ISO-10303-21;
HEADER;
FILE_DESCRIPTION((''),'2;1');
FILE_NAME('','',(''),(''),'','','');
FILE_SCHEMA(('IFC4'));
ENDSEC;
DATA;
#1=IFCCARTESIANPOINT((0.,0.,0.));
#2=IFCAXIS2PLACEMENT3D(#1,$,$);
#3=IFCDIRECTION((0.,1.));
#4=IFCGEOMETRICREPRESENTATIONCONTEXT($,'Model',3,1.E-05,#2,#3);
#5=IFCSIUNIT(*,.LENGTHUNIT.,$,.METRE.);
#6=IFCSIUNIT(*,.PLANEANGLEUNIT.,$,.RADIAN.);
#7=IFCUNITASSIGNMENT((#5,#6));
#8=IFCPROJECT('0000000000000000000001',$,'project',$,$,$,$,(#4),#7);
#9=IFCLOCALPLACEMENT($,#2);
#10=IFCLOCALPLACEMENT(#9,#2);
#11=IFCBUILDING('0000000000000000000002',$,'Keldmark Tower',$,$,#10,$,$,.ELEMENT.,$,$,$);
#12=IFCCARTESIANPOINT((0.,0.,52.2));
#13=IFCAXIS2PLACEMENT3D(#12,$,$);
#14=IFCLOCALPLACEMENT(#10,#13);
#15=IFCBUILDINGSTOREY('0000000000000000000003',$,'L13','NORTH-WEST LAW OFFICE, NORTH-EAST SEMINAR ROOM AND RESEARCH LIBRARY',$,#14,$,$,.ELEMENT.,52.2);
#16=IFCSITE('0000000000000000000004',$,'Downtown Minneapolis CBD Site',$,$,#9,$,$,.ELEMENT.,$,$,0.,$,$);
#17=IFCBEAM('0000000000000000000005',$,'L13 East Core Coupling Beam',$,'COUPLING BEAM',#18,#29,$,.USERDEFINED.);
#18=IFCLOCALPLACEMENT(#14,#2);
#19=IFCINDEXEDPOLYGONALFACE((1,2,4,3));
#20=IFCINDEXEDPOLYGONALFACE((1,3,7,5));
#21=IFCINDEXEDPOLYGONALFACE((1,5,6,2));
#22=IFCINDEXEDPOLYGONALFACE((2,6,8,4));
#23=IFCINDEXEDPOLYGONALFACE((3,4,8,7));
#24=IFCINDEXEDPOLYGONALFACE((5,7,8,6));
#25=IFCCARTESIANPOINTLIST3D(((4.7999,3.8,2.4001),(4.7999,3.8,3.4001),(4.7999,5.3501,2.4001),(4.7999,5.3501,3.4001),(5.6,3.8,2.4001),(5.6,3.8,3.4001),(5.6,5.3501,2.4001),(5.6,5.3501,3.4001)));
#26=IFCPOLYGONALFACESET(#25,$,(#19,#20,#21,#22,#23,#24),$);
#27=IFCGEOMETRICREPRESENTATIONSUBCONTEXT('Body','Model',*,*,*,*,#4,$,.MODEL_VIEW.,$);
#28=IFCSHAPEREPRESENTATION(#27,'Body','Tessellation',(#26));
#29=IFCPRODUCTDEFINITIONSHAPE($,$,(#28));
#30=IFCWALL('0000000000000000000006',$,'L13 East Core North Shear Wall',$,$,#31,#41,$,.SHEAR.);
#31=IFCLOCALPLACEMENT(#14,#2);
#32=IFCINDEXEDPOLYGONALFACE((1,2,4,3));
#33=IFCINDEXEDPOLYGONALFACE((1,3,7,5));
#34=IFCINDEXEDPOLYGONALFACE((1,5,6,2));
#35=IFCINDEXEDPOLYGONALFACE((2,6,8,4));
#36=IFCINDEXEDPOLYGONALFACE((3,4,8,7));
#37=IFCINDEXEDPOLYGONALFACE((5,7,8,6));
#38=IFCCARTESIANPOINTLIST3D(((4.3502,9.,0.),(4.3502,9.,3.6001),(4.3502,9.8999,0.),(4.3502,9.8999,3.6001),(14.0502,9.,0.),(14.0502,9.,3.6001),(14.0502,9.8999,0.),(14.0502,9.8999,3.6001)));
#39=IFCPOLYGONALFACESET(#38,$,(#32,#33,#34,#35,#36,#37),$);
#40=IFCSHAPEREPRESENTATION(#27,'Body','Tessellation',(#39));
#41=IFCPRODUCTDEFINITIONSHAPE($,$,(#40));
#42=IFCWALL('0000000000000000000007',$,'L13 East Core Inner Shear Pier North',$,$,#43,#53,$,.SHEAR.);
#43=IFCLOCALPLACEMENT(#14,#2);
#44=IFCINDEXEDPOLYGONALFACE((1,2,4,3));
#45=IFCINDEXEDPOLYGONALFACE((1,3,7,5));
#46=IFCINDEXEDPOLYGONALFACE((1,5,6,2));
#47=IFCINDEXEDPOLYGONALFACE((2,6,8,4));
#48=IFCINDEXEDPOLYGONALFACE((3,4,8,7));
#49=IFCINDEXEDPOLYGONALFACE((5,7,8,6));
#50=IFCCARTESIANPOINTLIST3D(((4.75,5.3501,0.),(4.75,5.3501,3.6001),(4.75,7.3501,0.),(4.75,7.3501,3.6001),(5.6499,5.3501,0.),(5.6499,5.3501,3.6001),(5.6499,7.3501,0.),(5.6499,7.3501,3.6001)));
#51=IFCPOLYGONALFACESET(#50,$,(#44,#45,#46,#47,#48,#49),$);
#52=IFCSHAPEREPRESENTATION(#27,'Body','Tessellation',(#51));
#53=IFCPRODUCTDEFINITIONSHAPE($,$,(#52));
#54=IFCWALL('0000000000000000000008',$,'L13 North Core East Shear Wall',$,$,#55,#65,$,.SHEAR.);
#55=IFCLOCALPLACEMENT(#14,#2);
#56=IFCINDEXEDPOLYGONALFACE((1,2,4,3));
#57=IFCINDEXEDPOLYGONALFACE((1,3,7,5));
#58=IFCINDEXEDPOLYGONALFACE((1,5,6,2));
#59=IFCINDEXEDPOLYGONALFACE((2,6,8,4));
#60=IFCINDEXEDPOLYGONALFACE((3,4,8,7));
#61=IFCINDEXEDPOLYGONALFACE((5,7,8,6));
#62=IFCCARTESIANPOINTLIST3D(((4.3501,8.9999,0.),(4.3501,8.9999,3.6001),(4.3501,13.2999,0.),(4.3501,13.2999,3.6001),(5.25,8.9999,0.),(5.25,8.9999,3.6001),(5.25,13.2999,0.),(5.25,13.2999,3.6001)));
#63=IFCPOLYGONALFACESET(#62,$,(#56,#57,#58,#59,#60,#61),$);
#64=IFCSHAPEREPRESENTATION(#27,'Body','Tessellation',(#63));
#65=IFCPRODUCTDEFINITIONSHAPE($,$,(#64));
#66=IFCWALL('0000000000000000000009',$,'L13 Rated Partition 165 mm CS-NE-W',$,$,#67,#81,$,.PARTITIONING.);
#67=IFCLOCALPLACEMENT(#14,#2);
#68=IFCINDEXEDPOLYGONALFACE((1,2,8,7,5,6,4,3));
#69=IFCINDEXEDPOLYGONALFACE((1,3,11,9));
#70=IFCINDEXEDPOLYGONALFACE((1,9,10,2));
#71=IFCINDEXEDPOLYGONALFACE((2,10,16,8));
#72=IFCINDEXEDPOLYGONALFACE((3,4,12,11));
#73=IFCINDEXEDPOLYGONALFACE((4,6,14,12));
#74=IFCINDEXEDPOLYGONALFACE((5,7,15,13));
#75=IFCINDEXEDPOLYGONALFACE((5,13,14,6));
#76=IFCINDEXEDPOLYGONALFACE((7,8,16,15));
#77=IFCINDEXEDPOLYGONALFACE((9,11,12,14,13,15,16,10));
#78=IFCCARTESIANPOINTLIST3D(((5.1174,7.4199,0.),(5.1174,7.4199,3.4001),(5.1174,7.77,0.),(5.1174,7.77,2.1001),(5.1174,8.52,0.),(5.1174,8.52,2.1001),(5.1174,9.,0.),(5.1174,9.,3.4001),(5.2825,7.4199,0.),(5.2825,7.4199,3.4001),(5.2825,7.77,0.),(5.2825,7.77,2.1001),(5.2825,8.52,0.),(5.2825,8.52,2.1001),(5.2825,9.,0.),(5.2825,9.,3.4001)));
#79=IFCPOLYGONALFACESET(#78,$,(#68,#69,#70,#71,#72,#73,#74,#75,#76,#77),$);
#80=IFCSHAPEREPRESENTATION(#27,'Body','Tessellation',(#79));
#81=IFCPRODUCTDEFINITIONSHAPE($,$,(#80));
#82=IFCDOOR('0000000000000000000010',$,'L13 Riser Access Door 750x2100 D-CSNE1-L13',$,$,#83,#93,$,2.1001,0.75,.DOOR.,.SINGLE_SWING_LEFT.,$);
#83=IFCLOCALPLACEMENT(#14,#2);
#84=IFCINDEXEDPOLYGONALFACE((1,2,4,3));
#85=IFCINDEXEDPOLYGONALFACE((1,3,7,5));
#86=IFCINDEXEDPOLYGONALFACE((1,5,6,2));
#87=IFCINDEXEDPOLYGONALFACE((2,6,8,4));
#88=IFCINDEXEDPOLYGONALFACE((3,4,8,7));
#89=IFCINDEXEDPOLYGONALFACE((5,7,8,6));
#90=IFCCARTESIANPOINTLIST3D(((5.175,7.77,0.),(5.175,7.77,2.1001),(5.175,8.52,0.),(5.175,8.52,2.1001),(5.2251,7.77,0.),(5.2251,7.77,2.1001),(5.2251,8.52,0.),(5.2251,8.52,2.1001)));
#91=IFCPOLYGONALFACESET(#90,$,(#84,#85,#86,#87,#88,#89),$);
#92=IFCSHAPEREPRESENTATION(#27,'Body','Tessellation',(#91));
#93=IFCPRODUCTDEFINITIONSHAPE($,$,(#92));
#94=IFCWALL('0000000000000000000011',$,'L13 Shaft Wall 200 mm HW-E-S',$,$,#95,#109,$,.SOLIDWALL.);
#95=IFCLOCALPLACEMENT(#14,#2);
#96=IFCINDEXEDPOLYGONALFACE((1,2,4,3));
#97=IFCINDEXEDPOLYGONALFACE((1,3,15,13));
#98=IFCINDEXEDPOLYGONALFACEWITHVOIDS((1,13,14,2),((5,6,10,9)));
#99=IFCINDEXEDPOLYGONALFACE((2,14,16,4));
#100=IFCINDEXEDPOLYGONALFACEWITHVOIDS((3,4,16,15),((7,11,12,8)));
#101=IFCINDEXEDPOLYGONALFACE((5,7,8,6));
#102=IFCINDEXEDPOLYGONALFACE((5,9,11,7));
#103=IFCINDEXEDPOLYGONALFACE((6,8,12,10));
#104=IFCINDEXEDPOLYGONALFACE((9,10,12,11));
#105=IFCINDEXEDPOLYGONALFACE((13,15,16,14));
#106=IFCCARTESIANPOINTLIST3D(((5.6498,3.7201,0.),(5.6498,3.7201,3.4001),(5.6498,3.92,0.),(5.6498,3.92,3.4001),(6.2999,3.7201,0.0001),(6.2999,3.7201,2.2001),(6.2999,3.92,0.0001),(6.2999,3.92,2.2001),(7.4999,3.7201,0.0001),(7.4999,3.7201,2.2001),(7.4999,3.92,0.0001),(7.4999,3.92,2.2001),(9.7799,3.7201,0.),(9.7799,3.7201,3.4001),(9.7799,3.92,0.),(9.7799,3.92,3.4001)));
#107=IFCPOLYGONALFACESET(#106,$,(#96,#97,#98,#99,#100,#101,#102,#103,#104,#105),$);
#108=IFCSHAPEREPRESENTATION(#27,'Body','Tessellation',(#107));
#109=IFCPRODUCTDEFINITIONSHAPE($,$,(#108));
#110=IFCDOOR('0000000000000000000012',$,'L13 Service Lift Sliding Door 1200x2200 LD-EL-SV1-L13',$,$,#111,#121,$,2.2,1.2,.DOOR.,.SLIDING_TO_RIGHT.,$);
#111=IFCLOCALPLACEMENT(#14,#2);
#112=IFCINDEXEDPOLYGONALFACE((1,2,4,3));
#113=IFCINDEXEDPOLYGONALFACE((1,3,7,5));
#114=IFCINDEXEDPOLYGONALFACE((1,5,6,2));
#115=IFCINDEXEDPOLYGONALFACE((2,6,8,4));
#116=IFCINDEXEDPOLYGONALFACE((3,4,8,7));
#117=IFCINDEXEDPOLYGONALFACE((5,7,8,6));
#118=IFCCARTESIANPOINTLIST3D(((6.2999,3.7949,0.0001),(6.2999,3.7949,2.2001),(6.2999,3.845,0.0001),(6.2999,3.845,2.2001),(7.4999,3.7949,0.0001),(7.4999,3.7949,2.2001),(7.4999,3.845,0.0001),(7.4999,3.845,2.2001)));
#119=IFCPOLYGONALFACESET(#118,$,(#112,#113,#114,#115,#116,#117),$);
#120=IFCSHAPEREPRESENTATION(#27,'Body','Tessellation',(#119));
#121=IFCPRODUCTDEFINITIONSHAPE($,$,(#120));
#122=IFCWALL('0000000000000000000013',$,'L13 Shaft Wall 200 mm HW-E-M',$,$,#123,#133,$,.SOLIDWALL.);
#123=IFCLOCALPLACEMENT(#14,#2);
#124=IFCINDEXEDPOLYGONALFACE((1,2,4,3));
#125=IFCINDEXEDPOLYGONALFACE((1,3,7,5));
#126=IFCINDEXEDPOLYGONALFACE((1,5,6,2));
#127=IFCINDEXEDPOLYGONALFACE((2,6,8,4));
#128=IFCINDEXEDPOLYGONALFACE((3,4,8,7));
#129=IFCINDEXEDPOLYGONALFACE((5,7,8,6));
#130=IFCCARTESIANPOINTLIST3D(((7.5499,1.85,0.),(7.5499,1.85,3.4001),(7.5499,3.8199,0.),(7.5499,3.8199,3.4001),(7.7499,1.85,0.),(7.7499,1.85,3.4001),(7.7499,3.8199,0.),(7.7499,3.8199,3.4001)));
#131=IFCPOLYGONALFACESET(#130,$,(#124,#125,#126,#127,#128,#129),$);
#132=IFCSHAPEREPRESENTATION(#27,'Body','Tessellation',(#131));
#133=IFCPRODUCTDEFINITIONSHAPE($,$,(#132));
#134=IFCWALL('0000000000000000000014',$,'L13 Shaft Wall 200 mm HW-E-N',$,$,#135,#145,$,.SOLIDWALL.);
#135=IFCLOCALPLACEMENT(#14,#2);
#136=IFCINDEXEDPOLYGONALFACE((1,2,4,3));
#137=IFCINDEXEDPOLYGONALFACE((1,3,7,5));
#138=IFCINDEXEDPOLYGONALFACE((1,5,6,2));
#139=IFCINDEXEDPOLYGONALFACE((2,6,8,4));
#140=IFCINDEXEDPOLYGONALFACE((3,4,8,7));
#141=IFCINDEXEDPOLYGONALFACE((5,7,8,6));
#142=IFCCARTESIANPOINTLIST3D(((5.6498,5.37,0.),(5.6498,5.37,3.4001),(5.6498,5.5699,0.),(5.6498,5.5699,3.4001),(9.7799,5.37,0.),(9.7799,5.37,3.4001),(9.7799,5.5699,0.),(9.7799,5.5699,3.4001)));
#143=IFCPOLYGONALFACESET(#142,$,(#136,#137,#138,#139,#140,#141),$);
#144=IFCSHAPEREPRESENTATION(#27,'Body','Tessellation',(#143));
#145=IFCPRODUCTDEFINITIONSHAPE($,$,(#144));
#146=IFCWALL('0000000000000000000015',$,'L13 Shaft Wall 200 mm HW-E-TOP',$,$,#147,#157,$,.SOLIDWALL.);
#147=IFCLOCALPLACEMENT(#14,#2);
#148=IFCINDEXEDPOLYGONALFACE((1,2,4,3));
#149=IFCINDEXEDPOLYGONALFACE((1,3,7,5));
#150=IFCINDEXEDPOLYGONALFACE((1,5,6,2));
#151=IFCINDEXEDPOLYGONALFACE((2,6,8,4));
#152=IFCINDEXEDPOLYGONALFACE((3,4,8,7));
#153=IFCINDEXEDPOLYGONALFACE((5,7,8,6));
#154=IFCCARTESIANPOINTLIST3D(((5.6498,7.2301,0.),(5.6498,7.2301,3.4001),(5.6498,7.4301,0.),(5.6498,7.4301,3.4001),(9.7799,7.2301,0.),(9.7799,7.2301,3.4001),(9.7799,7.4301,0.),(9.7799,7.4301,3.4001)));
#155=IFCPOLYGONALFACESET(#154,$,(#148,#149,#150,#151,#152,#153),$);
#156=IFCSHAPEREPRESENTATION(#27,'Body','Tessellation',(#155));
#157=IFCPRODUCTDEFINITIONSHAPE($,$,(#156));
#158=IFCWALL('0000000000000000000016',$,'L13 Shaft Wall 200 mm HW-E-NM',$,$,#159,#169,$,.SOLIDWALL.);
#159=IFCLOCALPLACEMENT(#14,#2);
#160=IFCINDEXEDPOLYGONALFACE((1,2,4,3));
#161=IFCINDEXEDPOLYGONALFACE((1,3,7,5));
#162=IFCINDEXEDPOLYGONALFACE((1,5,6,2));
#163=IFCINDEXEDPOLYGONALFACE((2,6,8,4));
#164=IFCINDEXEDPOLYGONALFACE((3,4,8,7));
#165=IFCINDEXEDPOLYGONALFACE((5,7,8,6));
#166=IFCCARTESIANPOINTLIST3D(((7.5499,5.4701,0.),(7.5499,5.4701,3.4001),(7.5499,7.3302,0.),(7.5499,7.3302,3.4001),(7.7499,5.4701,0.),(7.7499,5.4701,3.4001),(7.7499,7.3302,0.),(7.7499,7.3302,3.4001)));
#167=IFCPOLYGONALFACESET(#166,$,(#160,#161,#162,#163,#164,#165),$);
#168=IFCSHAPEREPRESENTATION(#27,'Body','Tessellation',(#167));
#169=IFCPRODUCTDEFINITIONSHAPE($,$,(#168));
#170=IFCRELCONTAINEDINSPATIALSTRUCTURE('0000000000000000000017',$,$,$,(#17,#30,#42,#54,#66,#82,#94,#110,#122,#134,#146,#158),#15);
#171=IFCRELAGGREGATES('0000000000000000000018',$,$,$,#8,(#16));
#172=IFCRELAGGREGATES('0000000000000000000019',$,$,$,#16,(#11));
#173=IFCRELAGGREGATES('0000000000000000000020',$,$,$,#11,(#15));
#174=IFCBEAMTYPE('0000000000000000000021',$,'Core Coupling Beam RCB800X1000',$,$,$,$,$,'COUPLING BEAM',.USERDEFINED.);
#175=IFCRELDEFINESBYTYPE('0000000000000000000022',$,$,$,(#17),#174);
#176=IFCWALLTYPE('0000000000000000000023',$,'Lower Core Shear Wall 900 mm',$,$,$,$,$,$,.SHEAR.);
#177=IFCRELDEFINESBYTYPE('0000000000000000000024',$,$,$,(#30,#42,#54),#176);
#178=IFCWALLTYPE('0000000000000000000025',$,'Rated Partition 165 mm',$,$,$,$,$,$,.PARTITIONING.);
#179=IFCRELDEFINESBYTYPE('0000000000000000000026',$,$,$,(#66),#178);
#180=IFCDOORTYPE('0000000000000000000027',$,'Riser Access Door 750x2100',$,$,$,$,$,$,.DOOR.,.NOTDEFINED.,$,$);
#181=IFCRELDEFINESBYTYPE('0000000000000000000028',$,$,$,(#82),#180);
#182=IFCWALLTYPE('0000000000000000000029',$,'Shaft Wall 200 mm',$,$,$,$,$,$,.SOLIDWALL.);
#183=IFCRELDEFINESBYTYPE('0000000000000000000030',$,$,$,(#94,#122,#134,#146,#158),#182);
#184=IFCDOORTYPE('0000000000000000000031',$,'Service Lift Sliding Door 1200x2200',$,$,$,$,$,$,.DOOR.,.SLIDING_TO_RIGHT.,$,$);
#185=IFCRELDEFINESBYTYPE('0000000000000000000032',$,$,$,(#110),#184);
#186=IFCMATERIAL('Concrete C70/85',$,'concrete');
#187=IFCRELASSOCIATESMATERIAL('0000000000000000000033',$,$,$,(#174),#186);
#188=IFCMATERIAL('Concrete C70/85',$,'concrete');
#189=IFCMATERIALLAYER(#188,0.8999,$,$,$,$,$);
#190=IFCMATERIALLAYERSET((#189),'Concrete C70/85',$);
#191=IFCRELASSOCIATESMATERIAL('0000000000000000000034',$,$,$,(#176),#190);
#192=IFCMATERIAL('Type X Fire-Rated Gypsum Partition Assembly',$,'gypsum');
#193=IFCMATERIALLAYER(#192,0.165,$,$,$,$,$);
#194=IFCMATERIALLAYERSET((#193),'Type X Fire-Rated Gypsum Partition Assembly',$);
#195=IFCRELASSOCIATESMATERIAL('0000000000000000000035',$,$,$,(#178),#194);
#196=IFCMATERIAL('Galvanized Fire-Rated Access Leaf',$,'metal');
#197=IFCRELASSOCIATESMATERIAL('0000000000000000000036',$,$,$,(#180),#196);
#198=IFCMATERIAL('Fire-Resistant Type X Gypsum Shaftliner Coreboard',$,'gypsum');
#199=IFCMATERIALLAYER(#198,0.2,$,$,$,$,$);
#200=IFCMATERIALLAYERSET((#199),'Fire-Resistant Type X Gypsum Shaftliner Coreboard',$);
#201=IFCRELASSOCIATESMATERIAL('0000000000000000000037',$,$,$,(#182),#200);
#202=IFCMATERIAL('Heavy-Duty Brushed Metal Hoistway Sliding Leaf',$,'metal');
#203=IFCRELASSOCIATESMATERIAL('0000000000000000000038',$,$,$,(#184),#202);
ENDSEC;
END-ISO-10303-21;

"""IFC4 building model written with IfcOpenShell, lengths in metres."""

from ifc_helpers import new_model, si_unit, direction, frame, frame_2d, origin, origin_2d, place, context, subcontext, project, spatial, rectangle, extrude, material, layer, layer_set, material_profile, profile_set, type_object, element, fill, save


model = new_model("IFC4")

# Units and contexts
model_context = context("Model", 3, precision=1e-05, world=origin(), true_north=direction((0.0, 1.0)))
body_context = subcontext(model_context, "Body", "Model", "MODEL_VIEW")
ifc_project = project(units=[si_unit("LENGTHUNIT", "METRE"), si_unit("PLANEANGLEUNIT", "RADIAN")], contexts=[model_context])

# Site, building, storey
site_placement = place(None, origin())
site = spatial("IfcSite", under=ifc_project, at=site_placement, Name="Downtown Minneapolis CBD Site", CompositionType="ELEMENT", RefElevation=0.0)
building_placement = place(site_placement, origin())
building = spatial("IfcBuilding", under=site, at=building_placement, Name="Keldmark Tower", CompositionType="ELEMENT")
storey_placement = place(building_placement, frame((0.0, 0.0, 52.2)))
storey = spatial("IfcBuildingStorey", under=building, at=storey_placement, Name="L13", Description="NORTH-WEST LAW OFFICE, NORTH-EAST SEMINAR ROOM AND RESEARCH LIBRARY", CompositionType="ELEMENT", Elevation=52.2)

# Beam
ifc_material_1 = material(Name="Concrete C70/85", Category="concrete")
ifc_material_profile = material_profile(ifc_material_1, rectangle(XDim=0.8, YDim=1.0, at=origin_2d()), Name="RCB800X1000")
ifc_profile_set = profile_set([ifc_material_profile], Name="Concrete C70/85")
beam_type = type_object("IfcBeamType", Name="Core Coupling Beam RCB800X1000", ElementType="COUPLING BEAM", PredefinedType="USERDEFINED", material=ifc_profile_set)
beam_placement = place(storey_placement, frame((5.2, 3.8, 2.9001), z_axis=(0.0, 1.0, 0.0), x_axis=(-1.0, 0.0, 0.0)))
element("IfcBeam", 1, at=beam_placement, inside=storey, type_object=beam_type, Name="L13 East Core Coupling Beam", ObjectType="COUPLING BEAM", PredefinedType="USERDEFINED", context=body_context, shape_type="SweptSolid", body=[
    extrude(rectangle(XDim=0.8, YDim=1.0, at=origin_2d()), origin(), (0.0, 0.0, 1.0), 1.55),
])

# Walls
ifc_material_2 = material(Name="Concrete C70/85", Category="concrete")
ifc_layer_1 = layer(ifc_material_2, 0.8999)
ifc_layer_set_1 = layer_set([ifc_layer_1], Name="Concrete C70/85")
wall_type_1 = type_object("IfcWallType", Name="Lower Core Shear Wall 900 mm", PredefinedType="SHEAR", material=ifc_layer_set_1)
wall_1_placement = place(storey_placement, frame((4.3501, 9.45, 0.0), z_axis=(0.0, 0.0, 1.0), x_axis=(1.0, 0.0, 0.0)))
element("IfcWall", 2, at=wall_1_placement, inside=storey, type_object=wall_type_1, Name="L13 East Core North Shear Wall", PredefinedType="SHEAR", context=body_context, shape_type="SweptSolid", body=[
    extrude(rectangle(XDim=9.7, YDim=0.8999, at=frame_2d((4.8501, 0.0))), origin(), (0.0, 0.0, 1.0), 3.6001),
])
wall_2_placement = place(storey_placement, frame((5.2, 5.3501, 0.0), z_axis=(0.0, 0.0, 1.0), x_axis=(0.0, 1.0, 0.0)))
element("IfcWall", 3, at=wall_2_placement, inside=storey, type_object=wall_type_1, Name="L13 East Core Inner Shear Pier North", PredefinedType="SHEAR", context=body_context, shape_type="SweptSolid", body=[
    extrude(rectangle(XDim=2.0, YDim=0.8999, at=frame_2d((1.0, 0.0))), origin(), (0.0, 0.0, 1.0), 3.6001),
])
wall_3_placement = place(storey_placement, frame((4.8, 9.0, 0.0), z_axis=(0.0, 0.0, 1.0), x_axis=(0.0, 1.0, 0.0)))
element("IfcWall", 4, at=wall_3_placement, inside=storey, type_object=wall_type_1, Name="L13 North Core East Shear Wall", PredefinedType="SHEAR", context=body_context, shape_type="SweptSolid", body=[
    extrude(rectangle(XDim=4.3, YDim=0.8999, at=frame_2d((2.1499, 0.0))), origin(), (0.0, 0.0, 1.0), 3.6001),
])

# Walls, openings, doors
ifc_material_3 = material(Name="Type X Fire-Rated Gypsum Partition Assembly", Category="gypsum")
ifc_layer_2 = layer(ifc_material_3, 0.165)
ifc_layer_set_2 = layer_set([ifc_layer_2], Name="Type X Fire-Rated Gypsum Partition Assembly")
wall_type_2 = type_object("IfcWallType", Name="Rated Partition 165 mm", PredefinedType="PARTITIONING", material=ifc_layer_set_2)
wall_4_placement = place(storey_placement, frame((5.2, 7.4199, 0.0), z_axis=(0.0, 0.0, 1.0), x_axis=(0.0, 1.0, 0.0)))
wall_4 = element("IfcWall", 5, at=wall_4_placement, inside=storey, type_object=wall_type_2, Name="L13 Rated Partition 165 mm CS-NE-W", PredefinedType="PARTITIONING", context=body_context, shape_type="SweptSolid", body=[
    extrude(rectangle(XDim=1.5801, YDim=0.165, at=frame_2d((0.79, 0.0))), origin(), (0.0, 0.0, 1.0), 3.4001),
])
opening_1_placement = place(wall_4_placement, frame((0.3501, 0.0, 0.0)))
opening_1 = element("IfcOpeningElement", 6, at=opening_1_placement, cuts=wall_4, PredefinedType="OPENING", context=body_context, shape_type="SweptSolid", body=[
    extrude(rectangle(XDim=0.75, YDim=2.1001, at=frame_2d((0.375, 1.05))), frame((0.0, 0.0925, 0.0), z_axis=(0.0, -1.0, 0.0), x_axis=(1.0, 0.0, 0.0)), (0.0, 0.0, 1.0), 0.1851),
])
ifc_material_4 = material(Name="Galvanized Fire-Rated Access Leaf", Category="metal")
door_type_1 = type_object("IfcDoorType", Name="Riser Access Door 750x2100", OperationType="NOTDEFINED", PredefinedType="DOOR", material=ifc_material_4)
door_1_placement = place(opening_1_placement, origin())
door_1 = element("IfcDoor", 7, at=door_1_placement, inside=storey, type_object=door_type_1, Name="L13 Riser Access Door 750x2100 D-CSNE1-L13", OperationType="SINGLE_SWING_LEFT", OverallHeight=2.1001, OverallWidth=0.75, PredefinedType="DOOR", context=body_context, shape_type="SweptSolid", body=[
    extrude(rectangle(XDim=0.75, YDim=2.1001, at=frame_2d((0.375, 1.05))), frame((0.0, 0.0249, 0.0), z_axis=(0.0, -1.0, 0.0), x_axis=(1.0, 0.0, 0.0)), (0.0, 0.0, 1.0), 0.05),
])
fill(opening_1, door_1)
ifc_material_5 = material(Name="Fire-Resistant Type X Gypsum Shaftliner Coreboard", Category="gypsum")
ifc_layer_3 = layer(ifc_material_5, 0.2)
ifc_layer_set_3 = layer_set([ifc_layer_3], Name="Fire-Resistant Type X Gypsum Shaftliner Coreboard")
wall_type_3 = type_object("IfcWallType", Name="Shaft Wall 200 mm", PredefinedType="SOLIDWALL", material=ifc_layer_set_3)
wall_5_placement = place(storey_placement, frame((5.6499, 3.8201, 0.0), z_axis=(0.0, 0.0, 1.0), x_axis=(1.0, 0.0, 0.0)))
wall_5 = element("IfcWall", 8, at=wall_5_placement, inside=storey, type_object=wall_type_3, Name="L13 Shaft Wall 200 mm HW-E-S", PredefinedType="SOLIDWALL", context=body_context, shape_type="SweptSolid", body=[
    extrude(rectangle(XDim=4.1301, YDim=0.2, at=frame_2d((2.0649, 0.0))), origin(), (0.0, 0.0, 1.0), 3.4001),
])
opening_2_placement = place(wall_5_placement, frame((0.6499, 0.0, 0.0)))
opening_2 = element("IfcOpeningElement", 9, at=opening_2_placement, cuts=wall_5, PredefinedType="OPENING", context=body_context, shape_type="SweptSolid", body=[
    extrude(rectangle(XDim=1.2, YDim=2.2, at=frame_2d((0.6001, 1.1001))), frame((0.0, 0.1099, 0.0), z_axis=(0.0, -1.0, 0.0), x_axis=(1.0, 0.0, 0.0)), (0.0, 0.0, 1.0), 0.22),
])
ifc_material_6 = material(Name="Heavy-Duty Brushed Metal Hoistway Sliding Leaf", Category="metal")
door_type_2 = type_object("IfcDoorType", Name="Service Lift Sliding Door 1200x2200", OperationType="SLIDING_TO_RIGHT", PredefinedType="DOOR", material=ifc_material_6)
door_2_placement = place(opening_2_placement, origin())
door_2 = element("IfcDoor", 10, at=door_2_placement, inside=storey, type_object=door_type_2, Name="L13 Service Lift Sliding Door 1200x2200 LD-EL-SV1-L13", OperationType="SLIDING_TO_RIGHT", OverallHeight=2.2, OverallWidth=1.2, PredefinedType="DOOR", context=body_context, shape_type="SweptSolid", body=[
    extrude(rectangle(XDim=1.2, YDim=2.2, at=frame_2d((0.6001, 1.1001))), frame((0.0, 0.0249, 0.0), z_axis=(0.0, -1.0, 0.0), x_axis=(1.0, 0.0, 0.0)), (0.0, 0.0, 1.0), 0.05),
])
fill(opening_2, door_2)

# Walls
wall_6_placement = place(storey_placement, frame((7.6499, 1.8501, 0.0), z_axis=(0.0, 0.0, 1.0), x_axis=(0.0, 1.0, 0.0)))
element("IfcWall", 11, at=wall_6_placement, inside=storey, type_object=wall_type_3, Name="L13 Shaft Wall 200 mm HW-E-M", PredefinedType="SOLIDWALL", context=body_context, shape_type="SweptSolid", body=[
    extrude(rectangle(XDim=1.97, YDim=0.2, at=frame_2d((0.9849, 0.0))), origin(), (0.0, 0.0, 1.0), 3.4001),
])
for number, where, z_axis, x_axis, name in (
    (12, (5.6499, 5.47, 0.0), (0.0, 0.0, 1.0), (1.0, 0.0, 0.0), "L13 Shaft Wall 200 mm HW-E-N"),
    (13, (5.6499, 7.3301, 0.0), (0.0, 0.0, 1.0), (1.0, 0.0, 0.0), "L13 Shaft Wall 200 mm HW-E-TOP"),
):
    element("IfcWall", number, at=place(storey_placement, frame(where, z_axis=z_axis, x_axis=x_axis)), inside=storey, type_object=wall_type_3, Name=name, PredefinedType="SOLIDWALL", context=body_context, shape_type="SweptSolid", body=[
        extrude(rectangle(XDim=4.1301, YDim=0.2, at=frame_2d((2.0649, 0.0))), origin(), (0.0, 0.0, 1.0), 3.4001),
    ])
wall_7_placement = place(storey_placement, frame((7.6499, 5.47, 0.0), z_axis=(0.0, 0.0, 1.0), x_axis=(0.0, 1.0, 0.0)))
element("IfcWall", 14, at=wall_7_placement, inside=storey, type_object=wall_type_3, Name="L13 Shaft Wall 200 mm HW-E-NM", PredefinedType="SOLIDWALL", context=body_context, shape_type="SweptSolid", body=[
    extrude(rectangle(XDim=1.8601, YDim=0.2, at=frame_2d((0.9302, 0.0))), origin(), (0.0, 0.0, 1.0), 3.4001),
])

save(model, "model.ifc")
